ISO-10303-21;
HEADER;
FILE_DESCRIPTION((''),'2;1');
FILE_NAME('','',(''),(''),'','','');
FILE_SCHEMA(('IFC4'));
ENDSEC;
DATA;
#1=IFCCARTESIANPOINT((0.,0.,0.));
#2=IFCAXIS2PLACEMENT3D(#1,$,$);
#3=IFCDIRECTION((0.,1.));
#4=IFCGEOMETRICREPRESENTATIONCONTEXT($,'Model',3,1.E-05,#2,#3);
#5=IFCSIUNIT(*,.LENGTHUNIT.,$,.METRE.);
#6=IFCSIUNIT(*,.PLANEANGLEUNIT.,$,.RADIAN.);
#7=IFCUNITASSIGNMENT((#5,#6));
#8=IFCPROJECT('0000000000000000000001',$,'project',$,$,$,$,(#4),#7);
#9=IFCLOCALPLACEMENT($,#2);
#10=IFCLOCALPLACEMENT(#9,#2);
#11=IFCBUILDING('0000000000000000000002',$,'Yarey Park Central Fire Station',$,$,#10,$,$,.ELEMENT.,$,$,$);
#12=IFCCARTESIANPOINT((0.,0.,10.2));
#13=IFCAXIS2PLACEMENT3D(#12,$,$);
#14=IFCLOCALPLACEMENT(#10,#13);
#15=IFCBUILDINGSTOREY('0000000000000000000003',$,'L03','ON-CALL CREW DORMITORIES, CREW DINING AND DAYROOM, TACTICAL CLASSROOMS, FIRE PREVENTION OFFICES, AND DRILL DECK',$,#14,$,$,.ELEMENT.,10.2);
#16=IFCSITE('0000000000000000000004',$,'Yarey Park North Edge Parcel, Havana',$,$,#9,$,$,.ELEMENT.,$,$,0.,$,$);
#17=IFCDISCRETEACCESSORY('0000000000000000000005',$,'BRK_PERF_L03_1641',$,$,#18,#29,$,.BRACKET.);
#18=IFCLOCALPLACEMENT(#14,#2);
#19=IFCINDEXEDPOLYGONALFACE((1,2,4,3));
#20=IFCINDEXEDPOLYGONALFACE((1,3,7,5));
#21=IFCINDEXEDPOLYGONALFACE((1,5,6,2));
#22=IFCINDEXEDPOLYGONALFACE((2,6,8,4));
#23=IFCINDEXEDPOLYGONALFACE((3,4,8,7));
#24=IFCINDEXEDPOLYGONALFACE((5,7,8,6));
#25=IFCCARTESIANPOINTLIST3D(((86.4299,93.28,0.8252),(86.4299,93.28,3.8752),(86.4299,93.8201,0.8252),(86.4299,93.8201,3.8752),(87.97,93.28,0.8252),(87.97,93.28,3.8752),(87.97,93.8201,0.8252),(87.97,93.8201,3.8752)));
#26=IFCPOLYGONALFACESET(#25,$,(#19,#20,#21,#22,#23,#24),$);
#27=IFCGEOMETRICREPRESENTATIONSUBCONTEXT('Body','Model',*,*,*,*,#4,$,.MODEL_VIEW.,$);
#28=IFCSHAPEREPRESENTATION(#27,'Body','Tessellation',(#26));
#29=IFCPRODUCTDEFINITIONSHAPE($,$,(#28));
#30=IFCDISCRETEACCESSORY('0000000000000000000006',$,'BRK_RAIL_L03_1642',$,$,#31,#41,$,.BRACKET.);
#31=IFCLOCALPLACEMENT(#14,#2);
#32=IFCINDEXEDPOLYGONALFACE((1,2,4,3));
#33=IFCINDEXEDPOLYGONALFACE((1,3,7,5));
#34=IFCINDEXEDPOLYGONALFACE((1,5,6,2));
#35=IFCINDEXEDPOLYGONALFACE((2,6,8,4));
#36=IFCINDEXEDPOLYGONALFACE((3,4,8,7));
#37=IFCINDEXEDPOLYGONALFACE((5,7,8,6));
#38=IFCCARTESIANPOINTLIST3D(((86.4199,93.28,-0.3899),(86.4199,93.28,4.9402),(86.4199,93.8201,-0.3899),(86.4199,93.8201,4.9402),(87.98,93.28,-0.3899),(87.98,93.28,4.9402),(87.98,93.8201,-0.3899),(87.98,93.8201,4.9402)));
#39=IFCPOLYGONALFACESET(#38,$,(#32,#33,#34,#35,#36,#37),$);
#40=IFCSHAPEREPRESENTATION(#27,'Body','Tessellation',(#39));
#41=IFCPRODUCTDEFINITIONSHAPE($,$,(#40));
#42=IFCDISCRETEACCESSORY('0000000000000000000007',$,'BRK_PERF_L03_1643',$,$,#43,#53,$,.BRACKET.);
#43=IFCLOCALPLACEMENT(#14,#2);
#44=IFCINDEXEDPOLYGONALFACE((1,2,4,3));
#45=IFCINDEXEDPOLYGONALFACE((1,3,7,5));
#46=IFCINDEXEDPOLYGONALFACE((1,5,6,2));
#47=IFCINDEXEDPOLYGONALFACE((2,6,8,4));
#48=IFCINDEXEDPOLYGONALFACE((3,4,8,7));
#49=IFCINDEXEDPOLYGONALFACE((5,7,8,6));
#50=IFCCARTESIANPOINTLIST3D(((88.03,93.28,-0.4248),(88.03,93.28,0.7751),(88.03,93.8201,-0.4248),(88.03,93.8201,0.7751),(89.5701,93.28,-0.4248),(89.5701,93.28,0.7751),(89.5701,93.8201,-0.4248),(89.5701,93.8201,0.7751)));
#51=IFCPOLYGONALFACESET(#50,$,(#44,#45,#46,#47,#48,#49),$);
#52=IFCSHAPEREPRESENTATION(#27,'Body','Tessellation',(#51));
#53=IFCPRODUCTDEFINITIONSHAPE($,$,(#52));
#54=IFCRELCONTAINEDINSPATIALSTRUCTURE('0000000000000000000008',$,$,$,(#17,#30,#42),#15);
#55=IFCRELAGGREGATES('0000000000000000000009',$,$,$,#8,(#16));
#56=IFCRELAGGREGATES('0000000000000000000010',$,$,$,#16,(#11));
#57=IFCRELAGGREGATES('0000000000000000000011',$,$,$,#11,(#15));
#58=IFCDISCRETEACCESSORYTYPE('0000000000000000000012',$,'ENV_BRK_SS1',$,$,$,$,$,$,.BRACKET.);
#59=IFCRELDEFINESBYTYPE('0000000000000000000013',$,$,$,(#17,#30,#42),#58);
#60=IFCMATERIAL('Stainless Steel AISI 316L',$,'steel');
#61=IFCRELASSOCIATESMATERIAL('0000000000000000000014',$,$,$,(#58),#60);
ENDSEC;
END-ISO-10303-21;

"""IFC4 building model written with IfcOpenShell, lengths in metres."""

from ifc_helpers import new_model, si_unit, direction, frame, origin, origin_2d, place, context, subcontext, project, spatial, rectangle, extrude, material, type_object, element, save


model = new_model("IFC4")

# Units and contexts
model_context = context("Model", 3, precision=1e-05, world=origin(), true_north=direction((0.0, 1.0)))
body_context = subcontext(model_context, "Body", "Model", "MODEL_VIEW")
ifc_project = project(units=[si_unit("LENGTHUNIT", "METRE"), si_unit("PLANEANGLEUNIT", "RADIAN")], contexts=[model_context])

# Site, building, storey
site_placement = place(None, origin())
site = spatial("IfcSite", under=ifc_project, at=site_placement, Name="Yarey Park North Edge Parcel, Havana", CompositionType="ELEMENT", RefElevation=0.0)
building_placement = place(site_placement, origin())
building = spatial("IfcBuilding", under=site, at=building_placement, Name="Yarey Park Central Fire Station", CompositionType="ELEMENT")
storey_placement = place(building_placement, frame((0.0, 0.0, 10.2)))
storey = spatial("IfcBuildingStorey", under=building, at=storey_placement, Name="L03", Description="ON-CALL CREW DORMITORIES, CREW DINING AND DAYROOM, TACTICAL CLASSROOMS, FIRE PREVENTION OFFICES, AND DRILL DECK", CompositionType="ELEMENT", Elevation=10.2)

# Discrete accessories
ifc_material_1 = material(Name="Stainless Steel AISI 316L", Category="steel")
discrete_accessory_type = type_object("IfcDiscreteAccessoryType", Name="ENV_BRK_SS1", PredefinedType="BRACKET", material=ifc_material_1)
discrete_accessory_1_placement = place(storey_placement, frame((87.2, 93.55, 0.8252), z_axis=(0.0, 0.0, 1.0), x_axis=(1.0, 0.0, 0.0)))
element("IfcDiscreteAccessory", 1, at=discrete_accessory_1_placement, inside=storey, type_object=discrete_accessory_type, Name="BRK_PERF_L03_1641", PredefinedType="BRACKET", context=body_context, shape_type="SweptSolid", body=[
    extrude(rectangle(XDim=1.54, YDim=0.54, at=origin_2d()), origin(), (0.0, 0.0, 1.0), 3.05),
])
discrete_accessory_2_placement = place(storey_placement, frame((87.2, 93.55, -0.3899), z_axis=(0.0, 0.0, 1.0), x_axis=(1.0, 0.0, 0.0)))
element("IfcDiscreteAccessory", 2, at=discrete_accessory_2_placement, inside=storey, type_object=discrete_accessory_type, Name="BRK_RAIL_L03_1642", PredefinedType="BRACKET", context=body_context, shape_type="SweptSolid", body=[
    extrude(rectangle(XDim=1.5601, YDim=0.54, at=origin_2d()), origin(), (0.0, 0.0, 1.0), 5.3301),
])
discrete_accessory_3_placement = place(storey_placement, frame((88.8, 93.55, -0.4248), z_axis=(0.0, 0.0, 1.0), x_axis=(1.0, 0.0, 0.0)))
element("IfcDiscreteAccessory", 3, at=discrete_accessory_3_placement, inside=storey, type_object=discrete_accessory_type, Name="BRK_PERF_L03_1643", PredefinedType="BRACKET", context=body_context, shape_type="SweptSolid", body=[
    extrude(rectangle(XDim=1.54, YDim=0.54, at=origin_2d()), origin(), (0.0, 0.0, 1.0), 1.2),
])

save(model, "model.ifc")
